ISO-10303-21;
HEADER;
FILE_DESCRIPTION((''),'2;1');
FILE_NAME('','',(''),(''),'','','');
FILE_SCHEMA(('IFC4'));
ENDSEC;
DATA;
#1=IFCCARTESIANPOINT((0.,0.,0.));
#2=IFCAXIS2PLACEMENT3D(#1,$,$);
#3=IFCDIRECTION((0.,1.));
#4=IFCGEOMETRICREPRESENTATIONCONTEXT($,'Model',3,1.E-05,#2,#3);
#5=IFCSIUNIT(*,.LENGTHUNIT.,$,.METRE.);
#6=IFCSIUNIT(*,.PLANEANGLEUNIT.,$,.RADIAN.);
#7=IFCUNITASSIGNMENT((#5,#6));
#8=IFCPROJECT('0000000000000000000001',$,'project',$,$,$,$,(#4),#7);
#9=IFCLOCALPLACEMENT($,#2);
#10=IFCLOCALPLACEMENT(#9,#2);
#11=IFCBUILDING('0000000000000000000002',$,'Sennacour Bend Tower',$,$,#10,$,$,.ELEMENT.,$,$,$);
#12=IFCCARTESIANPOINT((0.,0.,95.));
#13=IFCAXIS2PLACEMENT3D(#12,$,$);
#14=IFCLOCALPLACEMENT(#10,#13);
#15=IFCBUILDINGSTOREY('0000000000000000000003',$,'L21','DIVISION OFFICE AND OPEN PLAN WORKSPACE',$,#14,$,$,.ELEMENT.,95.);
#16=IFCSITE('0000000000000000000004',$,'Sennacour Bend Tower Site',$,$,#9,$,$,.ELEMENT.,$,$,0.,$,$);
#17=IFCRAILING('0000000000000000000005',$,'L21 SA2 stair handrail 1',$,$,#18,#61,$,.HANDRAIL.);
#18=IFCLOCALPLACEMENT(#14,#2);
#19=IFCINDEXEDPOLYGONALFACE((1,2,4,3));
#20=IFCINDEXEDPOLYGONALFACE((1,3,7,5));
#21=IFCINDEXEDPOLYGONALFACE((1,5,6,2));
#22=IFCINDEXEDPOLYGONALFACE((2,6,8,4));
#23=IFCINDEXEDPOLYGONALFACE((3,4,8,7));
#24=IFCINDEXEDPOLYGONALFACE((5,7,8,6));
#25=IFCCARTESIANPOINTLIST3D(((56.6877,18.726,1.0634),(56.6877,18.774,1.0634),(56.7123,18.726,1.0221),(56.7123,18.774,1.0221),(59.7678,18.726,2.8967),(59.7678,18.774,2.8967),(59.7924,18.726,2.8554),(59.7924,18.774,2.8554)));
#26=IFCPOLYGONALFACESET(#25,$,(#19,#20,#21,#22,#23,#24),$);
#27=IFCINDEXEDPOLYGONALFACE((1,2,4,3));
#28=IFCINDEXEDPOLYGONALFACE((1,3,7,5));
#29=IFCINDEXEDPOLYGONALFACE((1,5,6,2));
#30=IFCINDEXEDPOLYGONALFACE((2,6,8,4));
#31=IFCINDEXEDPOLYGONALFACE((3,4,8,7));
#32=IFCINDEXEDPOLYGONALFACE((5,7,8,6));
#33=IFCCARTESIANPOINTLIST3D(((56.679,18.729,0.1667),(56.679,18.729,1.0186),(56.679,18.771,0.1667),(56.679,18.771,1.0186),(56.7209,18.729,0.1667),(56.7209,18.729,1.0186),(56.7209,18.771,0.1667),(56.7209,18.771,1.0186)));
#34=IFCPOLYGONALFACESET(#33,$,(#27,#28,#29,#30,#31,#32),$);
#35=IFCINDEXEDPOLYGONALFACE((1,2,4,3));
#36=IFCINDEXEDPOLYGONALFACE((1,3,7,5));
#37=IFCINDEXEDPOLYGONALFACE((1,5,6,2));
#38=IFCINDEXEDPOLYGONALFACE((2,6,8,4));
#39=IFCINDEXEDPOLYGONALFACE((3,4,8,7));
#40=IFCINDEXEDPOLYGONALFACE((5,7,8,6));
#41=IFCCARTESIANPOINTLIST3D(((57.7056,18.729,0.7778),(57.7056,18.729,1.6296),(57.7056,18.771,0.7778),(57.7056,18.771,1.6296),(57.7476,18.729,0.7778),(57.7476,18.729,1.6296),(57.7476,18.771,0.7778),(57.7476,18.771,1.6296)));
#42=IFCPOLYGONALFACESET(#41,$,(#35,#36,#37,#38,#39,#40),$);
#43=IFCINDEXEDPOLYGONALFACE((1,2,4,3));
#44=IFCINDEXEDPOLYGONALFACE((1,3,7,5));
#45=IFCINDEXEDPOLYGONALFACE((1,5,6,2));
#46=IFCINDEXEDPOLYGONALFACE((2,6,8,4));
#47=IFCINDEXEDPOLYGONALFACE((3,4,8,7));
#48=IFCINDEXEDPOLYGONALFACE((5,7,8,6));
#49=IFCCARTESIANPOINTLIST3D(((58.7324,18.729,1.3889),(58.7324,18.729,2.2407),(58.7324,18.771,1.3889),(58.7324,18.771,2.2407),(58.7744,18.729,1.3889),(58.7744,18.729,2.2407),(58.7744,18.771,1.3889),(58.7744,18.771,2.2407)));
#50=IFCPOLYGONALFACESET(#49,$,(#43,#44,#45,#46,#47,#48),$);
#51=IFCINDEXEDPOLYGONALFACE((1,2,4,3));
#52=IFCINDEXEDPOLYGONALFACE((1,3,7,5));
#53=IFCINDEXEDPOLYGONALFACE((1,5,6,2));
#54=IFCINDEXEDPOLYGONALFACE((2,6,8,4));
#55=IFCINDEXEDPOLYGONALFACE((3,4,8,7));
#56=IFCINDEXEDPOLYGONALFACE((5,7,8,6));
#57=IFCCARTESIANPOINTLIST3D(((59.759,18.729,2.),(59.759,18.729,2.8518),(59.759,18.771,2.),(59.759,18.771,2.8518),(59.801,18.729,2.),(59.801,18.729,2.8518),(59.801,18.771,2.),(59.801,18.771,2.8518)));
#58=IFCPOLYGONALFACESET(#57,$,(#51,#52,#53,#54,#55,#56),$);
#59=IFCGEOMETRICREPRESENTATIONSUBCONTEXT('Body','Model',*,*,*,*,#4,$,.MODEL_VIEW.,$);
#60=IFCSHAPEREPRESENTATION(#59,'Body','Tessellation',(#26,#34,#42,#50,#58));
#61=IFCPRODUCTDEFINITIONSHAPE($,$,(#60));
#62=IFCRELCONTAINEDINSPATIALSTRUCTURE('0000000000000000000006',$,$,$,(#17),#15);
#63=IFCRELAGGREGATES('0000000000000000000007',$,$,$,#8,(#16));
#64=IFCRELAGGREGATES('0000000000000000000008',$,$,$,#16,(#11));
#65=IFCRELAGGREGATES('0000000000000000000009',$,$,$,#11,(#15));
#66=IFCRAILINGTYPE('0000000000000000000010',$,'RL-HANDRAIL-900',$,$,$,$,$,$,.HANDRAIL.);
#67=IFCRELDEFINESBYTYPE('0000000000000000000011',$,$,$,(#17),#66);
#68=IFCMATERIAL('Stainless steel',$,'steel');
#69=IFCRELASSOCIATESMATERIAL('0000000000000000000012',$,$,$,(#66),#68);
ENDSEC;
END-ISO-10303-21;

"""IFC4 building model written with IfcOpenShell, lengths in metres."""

from ifc_helpers import new_model, si_unit, direction, frame, origin, origin_2d, place, context, subcontext, project, spatial, rectangle, extrude, material, type_object, element, save


model = new_model("IFC4")

# Units and contexts
model_context = context("Model", 3, precision=1e-05, world=origin(), true_north=direction((0.0, 1.0)))
body_context = subcontext(model_context, "Body", "Model", "MODEL_VIEW")
ifc_project = project(units=[si_unit("LENGTHUNIT", "METRE"), si_unit("PLANEANGLEUNIT", "RADIAN")], contexts=[model_context])

# Site, building, storey
site_placement = place(None, origin())
site = spatial("IfcSite", under=ifc_project, at=site_placement, Name="Sennacour Bend Tower Site", CompositionType="ELEMENT", RefElevation=0.0)
building_placement = place(site_placement, origin())
building = spatial("IfcBuilding", under=site, at=building_placement, Name="Sennacour Bend Tower", CompositionType="ELEMENT")
storey_placement = place(building_placement, frame((0.0, 0.0, 95.0)))
storey = spatial("IfcBuildingStorey", under=building, at=storey_placement, Name="L21", Description="DIVISION OFFICE AND OPEN PLAN WORKSPACE", CompositionType="ELEMENT", Elevation=95.0)

# Shared definitions
ifc_material_1 = material(Name="Stainless steel", Category="steel")

# Railing
railing_type_1 = type_object("IfcRailingType", Name="RL-HANDRAIL-900", PredefinedType="HANDRAIL", material=ifc_material_1)
railing_1_placement = place(storey_placement, frame((56.7, 18.75, 0.1667)))
element("IfcRailing", 1, at=railing_1_placement, inside=storey, type_object=railing_type_1, Name="L21 SA2 stair handrail 1", PredefinedType="HANDRAIL", context=body_context, shape_type="SweptSolid", body=[
    extrude(rectangle(XDim=0.0481, YDim=0.0481, at=origin_2d()), frame((0.0, 0.0, 0.876), z_axis=(0.859309, 0.0, 0.511458), x_axis=(0.0, 1.0, 0.0)), (0.0, 0.0, 1.0), 3.5845),
    extrude(rectangle(XDim=0.042, YDim=0.042, at=origin_2d()), origin(), (0.0, 0.0, 1.0), 0.8518),
    extrude(rectangle(XDim=0.042, YDim=0.042, at=origin_2d()), frame((1.0266, 0.0, 0.6111)), (0.0, 0.0, 1.0), 0.8518),
    extrude(rectangle(XDim=0.042, YDim=0.042, at=origin_2d()), frame((2.0535, 0.0, 1.2222)), (0.0, 0.0, 1.0), 0.8518),
    extrude(rectangle(XDim=0.042, YDim=0.042, at=origin_2d()), frame((3.0801, 0.0, 1.8333)), (0.0, 0.0, 1.0), 0.8518),
])

save(model, "model.ifc")
